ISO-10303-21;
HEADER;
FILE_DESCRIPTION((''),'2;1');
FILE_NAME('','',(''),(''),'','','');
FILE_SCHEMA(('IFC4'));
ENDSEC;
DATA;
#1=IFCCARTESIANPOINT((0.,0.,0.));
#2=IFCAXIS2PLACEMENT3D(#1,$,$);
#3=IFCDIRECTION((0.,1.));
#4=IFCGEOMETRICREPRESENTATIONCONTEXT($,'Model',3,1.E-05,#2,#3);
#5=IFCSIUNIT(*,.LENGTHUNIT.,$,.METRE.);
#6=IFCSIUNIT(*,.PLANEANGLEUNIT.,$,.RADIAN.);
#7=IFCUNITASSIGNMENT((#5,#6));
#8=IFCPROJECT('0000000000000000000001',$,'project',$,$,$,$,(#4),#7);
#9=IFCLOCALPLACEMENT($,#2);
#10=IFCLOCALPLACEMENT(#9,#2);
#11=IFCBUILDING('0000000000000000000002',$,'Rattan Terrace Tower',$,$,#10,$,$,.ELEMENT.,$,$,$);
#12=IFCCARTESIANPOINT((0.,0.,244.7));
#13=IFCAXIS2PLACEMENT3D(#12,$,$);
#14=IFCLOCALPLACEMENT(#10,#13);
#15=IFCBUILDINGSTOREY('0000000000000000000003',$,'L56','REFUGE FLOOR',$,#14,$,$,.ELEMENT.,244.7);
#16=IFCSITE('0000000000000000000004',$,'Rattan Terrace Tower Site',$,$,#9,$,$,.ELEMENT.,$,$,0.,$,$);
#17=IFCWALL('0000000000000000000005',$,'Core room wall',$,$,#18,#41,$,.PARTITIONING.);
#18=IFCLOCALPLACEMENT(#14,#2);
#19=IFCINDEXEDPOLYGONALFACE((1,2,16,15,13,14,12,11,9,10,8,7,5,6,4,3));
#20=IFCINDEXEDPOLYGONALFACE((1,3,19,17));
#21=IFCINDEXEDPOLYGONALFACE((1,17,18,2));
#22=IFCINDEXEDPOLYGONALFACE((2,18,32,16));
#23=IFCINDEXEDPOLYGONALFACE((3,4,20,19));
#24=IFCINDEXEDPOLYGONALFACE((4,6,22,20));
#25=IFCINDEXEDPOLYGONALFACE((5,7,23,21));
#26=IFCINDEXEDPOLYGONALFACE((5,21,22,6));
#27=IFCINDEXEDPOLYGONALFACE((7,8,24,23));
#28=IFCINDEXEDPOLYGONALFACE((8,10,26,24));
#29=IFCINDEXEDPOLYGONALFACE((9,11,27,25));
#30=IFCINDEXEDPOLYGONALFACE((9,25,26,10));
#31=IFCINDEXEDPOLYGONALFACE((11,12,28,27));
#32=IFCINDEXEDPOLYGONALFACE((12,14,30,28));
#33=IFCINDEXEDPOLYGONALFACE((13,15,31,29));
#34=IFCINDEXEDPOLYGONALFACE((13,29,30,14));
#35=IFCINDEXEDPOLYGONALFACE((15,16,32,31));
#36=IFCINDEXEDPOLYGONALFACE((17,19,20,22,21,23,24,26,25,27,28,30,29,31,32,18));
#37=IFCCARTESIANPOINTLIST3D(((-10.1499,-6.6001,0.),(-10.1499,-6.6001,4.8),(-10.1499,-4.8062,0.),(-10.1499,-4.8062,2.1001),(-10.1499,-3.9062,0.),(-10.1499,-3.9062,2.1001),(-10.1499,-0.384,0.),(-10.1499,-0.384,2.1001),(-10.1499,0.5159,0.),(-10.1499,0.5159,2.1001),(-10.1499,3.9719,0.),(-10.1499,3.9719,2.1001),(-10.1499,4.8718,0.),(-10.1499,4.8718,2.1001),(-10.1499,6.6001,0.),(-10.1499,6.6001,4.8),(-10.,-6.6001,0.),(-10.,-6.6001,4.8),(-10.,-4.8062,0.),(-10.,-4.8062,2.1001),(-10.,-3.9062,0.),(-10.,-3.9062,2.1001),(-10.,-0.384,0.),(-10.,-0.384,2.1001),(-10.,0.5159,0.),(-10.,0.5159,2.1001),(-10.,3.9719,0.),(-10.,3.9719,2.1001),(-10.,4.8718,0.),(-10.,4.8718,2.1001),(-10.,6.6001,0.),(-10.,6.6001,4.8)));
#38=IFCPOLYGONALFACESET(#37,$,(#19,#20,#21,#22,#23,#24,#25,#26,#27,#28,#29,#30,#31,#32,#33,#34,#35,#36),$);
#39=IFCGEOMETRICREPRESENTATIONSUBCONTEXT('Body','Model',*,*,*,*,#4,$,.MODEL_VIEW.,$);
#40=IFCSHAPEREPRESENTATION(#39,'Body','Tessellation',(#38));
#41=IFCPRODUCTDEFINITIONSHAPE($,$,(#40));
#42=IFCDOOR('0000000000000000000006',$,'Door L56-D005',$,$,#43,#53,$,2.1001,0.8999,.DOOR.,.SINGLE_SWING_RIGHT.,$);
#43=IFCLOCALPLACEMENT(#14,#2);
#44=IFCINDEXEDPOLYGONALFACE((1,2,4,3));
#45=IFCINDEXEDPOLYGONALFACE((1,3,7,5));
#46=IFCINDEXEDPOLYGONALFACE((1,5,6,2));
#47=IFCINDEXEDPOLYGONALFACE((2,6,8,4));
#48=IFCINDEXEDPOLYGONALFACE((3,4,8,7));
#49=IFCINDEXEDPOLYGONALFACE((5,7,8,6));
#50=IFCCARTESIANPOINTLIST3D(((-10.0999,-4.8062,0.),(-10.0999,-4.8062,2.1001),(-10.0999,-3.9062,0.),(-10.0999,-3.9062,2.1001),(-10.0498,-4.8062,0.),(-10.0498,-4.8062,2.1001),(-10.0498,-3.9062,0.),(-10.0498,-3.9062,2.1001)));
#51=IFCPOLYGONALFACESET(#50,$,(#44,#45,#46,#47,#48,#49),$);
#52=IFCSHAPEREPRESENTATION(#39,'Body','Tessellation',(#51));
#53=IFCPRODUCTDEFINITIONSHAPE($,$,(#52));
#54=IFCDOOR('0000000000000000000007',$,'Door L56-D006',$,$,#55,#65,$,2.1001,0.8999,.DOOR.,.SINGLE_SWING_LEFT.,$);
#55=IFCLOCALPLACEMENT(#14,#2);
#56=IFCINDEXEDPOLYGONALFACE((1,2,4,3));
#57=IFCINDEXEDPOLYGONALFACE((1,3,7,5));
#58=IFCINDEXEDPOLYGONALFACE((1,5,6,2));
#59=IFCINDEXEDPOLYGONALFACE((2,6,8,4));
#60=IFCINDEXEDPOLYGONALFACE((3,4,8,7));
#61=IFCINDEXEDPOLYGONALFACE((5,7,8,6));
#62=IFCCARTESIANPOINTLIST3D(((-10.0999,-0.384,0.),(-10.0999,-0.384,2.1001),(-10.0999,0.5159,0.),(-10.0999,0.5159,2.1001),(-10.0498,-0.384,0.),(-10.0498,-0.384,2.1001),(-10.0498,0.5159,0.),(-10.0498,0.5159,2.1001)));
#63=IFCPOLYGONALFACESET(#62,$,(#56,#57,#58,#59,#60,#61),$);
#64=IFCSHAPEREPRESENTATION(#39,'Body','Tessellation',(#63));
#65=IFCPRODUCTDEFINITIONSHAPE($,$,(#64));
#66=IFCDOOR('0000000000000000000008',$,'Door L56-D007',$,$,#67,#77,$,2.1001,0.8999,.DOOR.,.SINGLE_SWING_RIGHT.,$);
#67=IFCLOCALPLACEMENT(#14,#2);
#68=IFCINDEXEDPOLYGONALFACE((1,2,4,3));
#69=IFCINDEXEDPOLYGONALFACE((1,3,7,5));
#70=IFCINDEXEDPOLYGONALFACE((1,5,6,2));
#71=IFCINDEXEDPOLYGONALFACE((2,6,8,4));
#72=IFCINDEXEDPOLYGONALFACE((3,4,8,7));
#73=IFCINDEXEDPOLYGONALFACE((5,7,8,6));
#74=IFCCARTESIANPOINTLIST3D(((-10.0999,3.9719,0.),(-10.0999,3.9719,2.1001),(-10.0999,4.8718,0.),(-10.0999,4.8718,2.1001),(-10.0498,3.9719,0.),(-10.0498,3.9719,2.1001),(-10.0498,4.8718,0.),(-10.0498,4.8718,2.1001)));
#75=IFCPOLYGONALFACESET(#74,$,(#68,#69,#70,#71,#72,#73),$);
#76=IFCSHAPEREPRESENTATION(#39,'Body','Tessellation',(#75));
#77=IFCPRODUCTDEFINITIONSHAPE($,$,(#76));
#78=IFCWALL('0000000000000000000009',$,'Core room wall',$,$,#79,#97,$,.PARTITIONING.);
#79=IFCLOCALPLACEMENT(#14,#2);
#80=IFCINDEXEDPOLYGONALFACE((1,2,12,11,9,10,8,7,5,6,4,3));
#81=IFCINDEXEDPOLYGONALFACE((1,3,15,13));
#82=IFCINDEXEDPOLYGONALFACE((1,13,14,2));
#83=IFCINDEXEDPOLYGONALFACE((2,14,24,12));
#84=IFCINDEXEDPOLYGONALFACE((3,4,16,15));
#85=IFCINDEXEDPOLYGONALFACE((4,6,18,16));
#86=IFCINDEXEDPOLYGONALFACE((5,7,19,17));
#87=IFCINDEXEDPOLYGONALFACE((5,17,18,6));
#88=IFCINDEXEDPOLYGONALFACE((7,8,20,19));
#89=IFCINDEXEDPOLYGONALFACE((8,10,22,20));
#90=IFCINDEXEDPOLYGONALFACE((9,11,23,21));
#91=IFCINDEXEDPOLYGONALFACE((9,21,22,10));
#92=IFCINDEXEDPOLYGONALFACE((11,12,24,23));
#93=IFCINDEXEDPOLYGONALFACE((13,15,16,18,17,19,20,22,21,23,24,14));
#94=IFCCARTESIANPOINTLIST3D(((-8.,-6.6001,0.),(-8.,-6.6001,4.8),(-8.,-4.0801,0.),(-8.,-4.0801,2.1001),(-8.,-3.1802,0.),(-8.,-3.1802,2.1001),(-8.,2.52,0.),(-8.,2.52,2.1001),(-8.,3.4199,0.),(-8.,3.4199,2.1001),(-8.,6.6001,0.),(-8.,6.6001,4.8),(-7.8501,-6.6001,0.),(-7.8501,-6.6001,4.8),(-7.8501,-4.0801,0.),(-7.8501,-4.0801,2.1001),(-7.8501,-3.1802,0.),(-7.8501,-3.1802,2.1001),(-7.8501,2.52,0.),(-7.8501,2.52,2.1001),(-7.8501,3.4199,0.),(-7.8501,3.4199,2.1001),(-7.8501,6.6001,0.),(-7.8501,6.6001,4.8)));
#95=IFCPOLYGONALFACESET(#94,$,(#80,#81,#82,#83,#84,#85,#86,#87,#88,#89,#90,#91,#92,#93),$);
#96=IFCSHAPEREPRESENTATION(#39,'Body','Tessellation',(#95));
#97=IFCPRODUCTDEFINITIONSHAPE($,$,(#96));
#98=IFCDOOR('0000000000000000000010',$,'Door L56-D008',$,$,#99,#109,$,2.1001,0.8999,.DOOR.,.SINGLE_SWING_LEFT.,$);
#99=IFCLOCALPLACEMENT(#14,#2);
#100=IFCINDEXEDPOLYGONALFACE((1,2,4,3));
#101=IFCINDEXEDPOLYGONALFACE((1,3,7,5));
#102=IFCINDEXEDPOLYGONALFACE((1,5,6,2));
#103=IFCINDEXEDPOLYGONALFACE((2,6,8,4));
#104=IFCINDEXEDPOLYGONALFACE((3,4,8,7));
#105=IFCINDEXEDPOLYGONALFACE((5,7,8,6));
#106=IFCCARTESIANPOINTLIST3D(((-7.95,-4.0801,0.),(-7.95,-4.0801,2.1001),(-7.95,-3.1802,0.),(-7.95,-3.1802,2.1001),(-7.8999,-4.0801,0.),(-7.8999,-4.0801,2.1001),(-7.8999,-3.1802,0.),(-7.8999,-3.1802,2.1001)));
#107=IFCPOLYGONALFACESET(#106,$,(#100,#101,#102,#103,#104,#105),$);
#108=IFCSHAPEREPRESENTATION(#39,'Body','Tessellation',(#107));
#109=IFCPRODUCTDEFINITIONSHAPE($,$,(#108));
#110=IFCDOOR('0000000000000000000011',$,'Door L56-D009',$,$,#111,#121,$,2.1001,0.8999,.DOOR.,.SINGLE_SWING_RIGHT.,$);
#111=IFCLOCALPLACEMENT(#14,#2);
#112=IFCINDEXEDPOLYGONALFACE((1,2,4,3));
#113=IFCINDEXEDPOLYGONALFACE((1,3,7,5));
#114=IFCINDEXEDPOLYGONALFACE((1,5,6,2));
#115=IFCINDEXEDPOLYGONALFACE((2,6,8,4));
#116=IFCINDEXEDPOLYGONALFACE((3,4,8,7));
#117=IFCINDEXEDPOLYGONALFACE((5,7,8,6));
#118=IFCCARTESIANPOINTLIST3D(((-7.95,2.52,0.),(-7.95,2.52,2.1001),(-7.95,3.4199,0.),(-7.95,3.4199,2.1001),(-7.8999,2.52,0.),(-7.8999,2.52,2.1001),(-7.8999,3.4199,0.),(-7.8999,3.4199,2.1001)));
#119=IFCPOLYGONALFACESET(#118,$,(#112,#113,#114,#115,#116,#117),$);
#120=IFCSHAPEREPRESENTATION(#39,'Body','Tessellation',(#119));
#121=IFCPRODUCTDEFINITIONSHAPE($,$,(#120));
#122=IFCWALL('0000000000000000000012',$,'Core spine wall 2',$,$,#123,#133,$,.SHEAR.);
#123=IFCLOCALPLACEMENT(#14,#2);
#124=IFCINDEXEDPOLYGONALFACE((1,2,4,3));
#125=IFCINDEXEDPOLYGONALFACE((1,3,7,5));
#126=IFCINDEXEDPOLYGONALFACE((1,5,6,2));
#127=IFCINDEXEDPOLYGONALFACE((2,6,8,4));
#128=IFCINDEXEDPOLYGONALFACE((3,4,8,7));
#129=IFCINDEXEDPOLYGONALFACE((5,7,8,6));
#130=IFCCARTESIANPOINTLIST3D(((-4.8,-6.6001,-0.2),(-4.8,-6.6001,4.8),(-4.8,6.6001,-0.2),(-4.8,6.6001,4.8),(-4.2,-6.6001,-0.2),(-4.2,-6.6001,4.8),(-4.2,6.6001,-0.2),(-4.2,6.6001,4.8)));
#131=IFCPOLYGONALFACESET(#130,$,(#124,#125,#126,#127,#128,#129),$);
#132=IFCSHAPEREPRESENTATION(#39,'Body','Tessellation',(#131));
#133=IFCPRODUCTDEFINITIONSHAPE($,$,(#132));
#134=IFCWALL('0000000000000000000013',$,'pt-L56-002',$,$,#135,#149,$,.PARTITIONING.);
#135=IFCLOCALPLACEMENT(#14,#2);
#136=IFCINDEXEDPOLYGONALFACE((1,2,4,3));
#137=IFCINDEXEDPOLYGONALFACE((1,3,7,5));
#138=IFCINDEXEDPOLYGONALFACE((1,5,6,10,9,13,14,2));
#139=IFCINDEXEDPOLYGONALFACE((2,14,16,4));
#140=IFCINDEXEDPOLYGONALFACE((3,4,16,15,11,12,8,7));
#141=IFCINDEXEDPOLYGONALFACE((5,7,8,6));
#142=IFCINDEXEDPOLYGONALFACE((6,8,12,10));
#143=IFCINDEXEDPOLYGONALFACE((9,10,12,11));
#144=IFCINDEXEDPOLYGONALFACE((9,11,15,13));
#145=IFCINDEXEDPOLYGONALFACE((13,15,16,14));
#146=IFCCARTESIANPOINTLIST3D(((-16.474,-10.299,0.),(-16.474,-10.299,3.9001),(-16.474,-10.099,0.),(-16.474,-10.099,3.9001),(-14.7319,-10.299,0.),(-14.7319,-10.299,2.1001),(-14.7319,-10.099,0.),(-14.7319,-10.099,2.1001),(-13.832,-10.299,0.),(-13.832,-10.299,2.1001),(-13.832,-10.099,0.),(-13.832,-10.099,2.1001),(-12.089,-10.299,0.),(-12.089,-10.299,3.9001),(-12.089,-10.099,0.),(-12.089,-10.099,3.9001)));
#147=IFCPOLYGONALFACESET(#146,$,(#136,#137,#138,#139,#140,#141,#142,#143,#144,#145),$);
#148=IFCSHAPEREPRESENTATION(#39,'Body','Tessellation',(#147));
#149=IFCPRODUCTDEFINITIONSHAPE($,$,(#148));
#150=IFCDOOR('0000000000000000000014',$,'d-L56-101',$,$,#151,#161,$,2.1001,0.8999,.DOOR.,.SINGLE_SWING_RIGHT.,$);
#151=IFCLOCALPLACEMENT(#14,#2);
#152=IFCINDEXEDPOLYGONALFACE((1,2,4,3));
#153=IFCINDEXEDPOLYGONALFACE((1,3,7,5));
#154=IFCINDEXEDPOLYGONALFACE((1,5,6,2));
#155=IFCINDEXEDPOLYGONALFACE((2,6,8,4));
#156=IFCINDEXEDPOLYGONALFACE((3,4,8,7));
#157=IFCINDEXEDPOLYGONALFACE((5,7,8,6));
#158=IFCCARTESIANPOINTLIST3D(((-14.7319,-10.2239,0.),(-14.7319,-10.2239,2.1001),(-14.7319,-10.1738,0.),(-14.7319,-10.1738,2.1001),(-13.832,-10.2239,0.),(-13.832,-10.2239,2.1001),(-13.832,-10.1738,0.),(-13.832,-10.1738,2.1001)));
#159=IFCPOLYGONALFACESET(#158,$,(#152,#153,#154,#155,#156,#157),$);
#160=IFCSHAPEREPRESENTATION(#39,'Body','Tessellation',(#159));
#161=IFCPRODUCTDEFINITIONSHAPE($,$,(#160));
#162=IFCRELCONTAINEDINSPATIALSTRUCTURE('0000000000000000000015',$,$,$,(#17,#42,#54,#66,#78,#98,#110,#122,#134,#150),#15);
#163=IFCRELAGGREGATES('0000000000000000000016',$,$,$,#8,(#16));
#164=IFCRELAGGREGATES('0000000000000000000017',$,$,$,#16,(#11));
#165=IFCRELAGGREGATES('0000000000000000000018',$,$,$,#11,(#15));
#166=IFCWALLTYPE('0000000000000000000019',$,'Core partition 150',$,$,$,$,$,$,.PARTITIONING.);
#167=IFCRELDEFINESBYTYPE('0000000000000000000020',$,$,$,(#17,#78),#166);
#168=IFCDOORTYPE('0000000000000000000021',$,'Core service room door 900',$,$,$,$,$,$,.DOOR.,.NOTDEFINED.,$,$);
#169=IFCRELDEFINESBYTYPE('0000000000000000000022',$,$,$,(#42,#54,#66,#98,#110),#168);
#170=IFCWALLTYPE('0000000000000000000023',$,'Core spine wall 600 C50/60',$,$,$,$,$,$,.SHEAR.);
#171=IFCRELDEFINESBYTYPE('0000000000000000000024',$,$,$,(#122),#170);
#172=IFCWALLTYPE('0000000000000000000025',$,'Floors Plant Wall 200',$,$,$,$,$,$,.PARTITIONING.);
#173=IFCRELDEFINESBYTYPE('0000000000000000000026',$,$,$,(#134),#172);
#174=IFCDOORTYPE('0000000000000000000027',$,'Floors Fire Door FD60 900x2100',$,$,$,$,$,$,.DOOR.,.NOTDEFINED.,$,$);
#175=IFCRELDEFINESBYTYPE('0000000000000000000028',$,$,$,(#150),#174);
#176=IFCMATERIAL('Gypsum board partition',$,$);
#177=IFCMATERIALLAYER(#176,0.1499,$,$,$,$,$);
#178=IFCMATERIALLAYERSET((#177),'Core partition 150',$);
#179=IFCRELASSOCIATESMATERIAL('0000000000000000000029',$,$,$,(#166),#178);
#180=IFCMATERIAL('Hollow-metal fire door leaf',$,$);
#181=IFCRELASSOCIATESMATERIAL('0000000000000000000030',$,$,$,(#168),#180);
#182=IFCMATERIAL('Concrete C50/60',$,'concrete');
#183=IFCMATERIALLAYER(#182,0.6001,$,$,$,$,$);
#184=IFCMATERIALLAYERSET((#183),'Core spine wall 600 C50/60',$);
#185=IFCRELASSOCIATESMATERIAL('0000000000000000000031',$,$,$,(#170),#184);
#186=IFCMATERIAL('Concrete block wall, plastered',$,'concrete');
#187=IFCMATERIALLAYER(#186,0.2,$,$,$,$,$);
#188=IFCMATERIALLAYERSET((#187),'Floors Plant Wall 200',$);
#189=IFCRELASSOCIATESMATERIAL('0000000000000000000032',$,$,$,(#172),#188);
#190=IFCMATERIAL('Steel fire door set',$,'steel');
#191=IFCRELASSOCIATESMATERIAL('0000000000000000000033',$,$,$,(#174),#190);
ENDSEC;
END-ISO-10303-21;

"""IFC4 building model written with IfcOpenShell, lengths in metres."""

from ifc_helpers import new_model, si_unit, direction, frame, frame_2d, origin, place, context, subcontext, project, spatial, rectangle, extrude, material, layer, layer_set, type_object, element, fill, save


model = new_model("IFC4")

# Units and contexts
model_context = context("Model", 3, precision=1e-05, world=origin(), true_north=direction((0.0, 1.0)))
body_context = subcontext(model_context, "Body", "Model", "MODEL_VIEW")
ifc_project = project(units=[si_unit("LENGTHUNIT", "METRE"), si_unit("PLANEANGLEUNIT", "RADIAN")], contexts=[model_context])

# Site, building, storey
site_placement = place(None, origin())
site = spatial("IfcSite", under=ifc_project, at=site_placement, Name="Rattan Terrace Tower Site", CompositionType="ELEMENT", RefElevation=0.0)
building_placement = place(site_placement, origin())
building = spatial("IfcBuilding", under=site, at=building_placement, Name="Rattan Terrace Tower", CompositionType="ELEMENT")
storey_placement = place(building_placement, frame((0.0, 0.0, 244.7)))
storey = spatial("IfcBuildingStorey", under=building, at=storey_placement, Name="L56", Description="REFUGE FLOOR", CompositionType="ELEMENT", Elevation=244.7)

# Walls, openings, doors
ifc_material_1 = material(Name="Gypsum board partition")
ifc_layer_1 = layer(ifc_material_1, 0.1499)
ifc_layer_set_1 = layer_set([ifc_layer_1], Name="Core partition 150")
wall_type_1 = type_object("IfcWallType", Name="Core partition 150", PredefinedType="PARTITIONING", material=ifc_layer_set_1)
wall_1_placement = place(storey_placement, frame((-10.075, -6.6001, 0.0), z_axis=(0.0, 0.0, 1.0), x_axis=(0.0, 1.0, 0.0)))
wall_1 = element("IfcWall", 1, at=wall_1_placement, inside=storey, type_object=wall_type_1, Name="Core room wall", PredefinedType="PARTITIONING", context=body_context, shape_type="SweptSolid", body=[
    extrude(rectangle(XDim=13.2002, YDim=0.1499, at=frame_2d((6.6001, 0.0))), origin(), (0.0, 0.0, 1.0), 4.8),
])
opening_1_placement = place(wall_1_placement, frame((1.7939, 0.0, 0.0)))
opening_1 = element("IfcOpeningElement", 2, at=opening_1_placement, cuts=wall_1, PredefinedType="OPENING", context=body_context, shape_type="SweptSolid", body=[
    extrude(rectangle(XDim=0.8999, YDim=2.1001, at=frame_2d((0.45, 1.05))), frame((0.0, 0.0854, 0.0), z_axis=(0.0, -1.0, 0.0), x_axis=(1.0, 0.0, 0.0)), (0.0, 0.0, 1.0), 0.1709),
])
opening_2_placement = place(wall_1_placement, frame((6.2161, 0.0, 0.0)))
opening_2 = element("IfcOpeningElement", 3, at=opening_2_placement, cuts=wall_1, PredefinedType="OPENING", context=body_context, shape_type="SweptSolid", body=[
    extrude(rectangle(XDim=0.8999, YDim=2.1001, at=frame_2d((0.45, 1.05))), frame((0.0, 0.0854, 0.0), z_axis=(0.0, -1.0, 0.0), x_axis=(1.0, 0.0, 0.0)), (0.0, 0.0, 1.0), 0.1709),
])
opening_3_placement = place(wall_1_placement, frame((10.572, 0.0, 0.0)))
opening_3 = element("IfcOpeningElement", 4, at=opening_3_placement, cuts=wall_1, PredefinedType="OPENING", context=body_context, shape_type="SweptSolid", body=[
    extrude(rectangle(XDim=0.8999, YDim=2.1001, at=frame_2d((0.45, 1.05))), frame((0.0, 0.0854, 0.0), z_axis=(0.0, -1.0, 0.0), x_axis=(1.0, 0.0, 0.0)), (0.0, 0.0, 1.0), 0.1709),
])
ifc_material_2 = material(Name="Hollow-metal fire door leaf")
door_type_1 = type_object("IfcDoorType", Name="Core service room door 900", OperationType="NOTDEFINED", PredefinedType="DOOR", material=ifc_material_2)
door_1_placement = place(opening_1_placement, origin())
door_1 = element("IfcDoor", 5, at=door_1_placement, inside=storey, type_object=door_type_1, Name="Door L56-D005", OperationType="SINGLE_SWING_RIGHT", OverallHeight=2.1001, OverallWidth=0.8999, PredefinedType="DOOR", context=body_context, shape_type="SweptSolid", body=[
    extrude(rectangle(XDim=0.8999, YDim=2.1001, at=frame_2d((0.45, 1.05))), frame((0.0, 0.0249, 0.0), z_axis=(0.0, -1.0, 0.0), x_axis=(1.0, 0.0, 0.0)), (0.0, 0.0, 1.0), 0.05),
])
fill(opening_1, door_1)
door_2_placement = place(opening_2_placement, origin())
door_2 = element("IfcDoor", 6, at=door_2_placement, inside=storey, type_object=door_type_1, Name="Door L56-D006", OperationType="SINGLE_SWING_LEFT", OverallHeight=2.1001, OverallWidth=0.8999, PredefinedType="DOOR", context=body_context, shape_type="SweptSolid", body=[
    extrude(rectangle(XDim=0.8999, YDim=2.1001, at=frame_2d((0.45, 1.05))), frame((0.0, 0.0249, 0.0), z_axis=(0.0, -1.0, 0.0), x_axis=(1.0, 0.0, 0.0)), (0.0, 0.0, 1.0), 0.05),
])
fill(opening_2, door_2)
door_3_placement = place(opening_3_placement, origin())
door_3 = element("IfcDoor", 7, at=door_3_placement, inside=storey, type_object=door_type_1, Name="Door L56-D007", OperationType="SINGLE_SWING_RIGHT", OverallHeight=2.1001, OverallWidth=0.8999, PredefinedType="DOOR", context=body_context, shape_type="SweptSolid", body=[
    extrude(rectangle(XDim=0.8999, YDim=2.1001, at=frame_2d((0.45, 1.05))), frame((0.0, 0.0249, 0.0), z_axis=(0.0, -1.0, 0.0), x_axis=(1.0, 0.0, 0.0)), (0.0, 0.0, 1.0), 0.05),
])
fill(opening_3, door_3)
wall_2_placement = place(storey_placement, frame((-7.925, -6.6001, 0.0), z_axis=(0.0, 0.0, 1.0), x_axis=(0.0, 1.0, 0.0)))
wall_2 = element("IfcWall", 8, at=wall_2_placement, inside=storey, type_object=wall_type_1, Name="Core room wall", PredefinedType="PARTITIONING", context=body_context, shape_type="SweptSolid", body=[
    extrude(rectangle(XDim=13.2002, YDim=0.1499, at=frame_2d((6.6001, 0.0))), origin(), (0.0, 0.0, 1.0), 4.8),
])
opening_4_placement = place(wall_2_placement, frame((2.52, 0.0, 0.0)))
opening_4 = element("IfcOpeningElement", 9, at=opening_4_placement, cuts=wall_2, PredefinedType="OPENING", context=body_context, shape_type="SweptSolid", body=[
    extrude(rectangle(XDim=0.8999, YDim=2.1001, at=frame_2d((0.45, 1.05))), frame((0.0, 0.0854, 0.0), z_axis=(0.0, -1.0, 0.0), x_axis=(1.0, 0.0, 0.0)), (0.0, 0.0, 1.0), 0.1709),
])
opening_5_placement = place(wall_2_placement, frame((9.1201, 0.0, 0.0)))
opening_5 = element("IfcOpeningElement", 10, at=opening_5_placement, cuts=wall_2, PredefinedType="OPENING", context=body_context, shape_type="SweptSolid", body=[
    extrude(rectangle(XDim=0.8999, YDim=2.1001, at=frame_2d((0.45, 1.05))), frame((0.0, 0.0854, 0.0), z_axis=(0.0, -1.0, 0.0), x_axis=(1.0, 0.0, 0.0)), (0.0, 0.0, 1.0), 0.1709),
])
door_4_placement = place(opening_4_placement, origin())
door_4 = element("IfcDoor", 11, at=door_4_placement, inside=storey, type_object=door_type_1, Name="Door L56-D008", OperationType="SINGLE_SWING_LEFT", OverallHeight=2.1001, OverallWidth=0.8999, PredefinedType="DOOR", context=body_context, shape_type="SweptSolid", body=[
    extrude(rectangle(XDim=0.8999, YDim=2.1001, at=frame_2d((0.45, 1.05))), frame((0.0, 0.0249, 0.0), z_axis=(0.0, -1.0, 0.0), x_axis=(1.0, 0.0, 0.0)), (0.0, 0.0, 1.0), 0.05),
])
fill(opening_4, door_4)
door_5_placement = place(opening_5_placement, origin())
door_5 = element("IfcDoor", 12, at=door_5_placement, inside=storey, type_object=door_type_1, Name="Door L56-D009", OperationType="SINGLE_SWING_RIGHT", OverallHeight=2.1001, OverallWidth=0.8999, PredefinedType="DOOR", context=body_context, shape_type="SweptSolid", body=[
    extrude(rectangle(XDim=0.8999, YDim=2.1001, at=frame_2d((0.45, 1.05))), frame((0.0, 0.0249, 0.0), z_axis=(0.0, -1.0, 0.0), x_axis=(1.0, 0.0, 0.0)), (0.0, 0.0, 1.0), 0.05),
])
fill(opening_5, door_5)

# Wall
ifc_material_3 = material(Name="Concrete C50/60", Category="concrete")
ifc_layer_2 = layer(ifc_material_3, 0.6001)
ifc_layer_set_2 = layer_set([ifc_layer_2], Name="Core spine wall 600 C50/60")
wall_type_2 = type_object("IfcWallType", Name="Core spine wall 600 C50/60", PredefinedType="SHEAR", material=ifc_layer_set_2)
wall_3_placement = place(storey_placement, frame((-4.5, -6.6001, -0.2), z_axis=(0.0, 0.0, 1.0), x_axis=(0.0, 1.0, 0.0)))
element("IfcWall", 13, at=wall_3_placement, inside=storey, type_object=wall_type_2, Name="Core spine wall 2", PredefinedType="SHEAR", context=body_context, shape_type="SweptSolid", body=[
    extrude(rectangle(XDim=13.2002, YDim=0.6001, at=frame_2d((6.6001, 0.0))), origin(), (0.0, 0.0, 1.0), 5.0),
])

# Wall, opening, door
ifc_material_4 = material(Name="Concrete block wall, plastered", Category="concrete")
ifc_layer_3 = layer(ifc_material_4, 0.2)
ifc_layer_set_3 = layer_set([ifc_layer_3], Name="Floors Plant Wall 200")
wall_type_3 = type_object("IfcWallType", Name="Floors Plant Wall 200", PredefinedType="PARTITIONING", material=ifc_layer_set_3)
wall_4_placement = place(storey_placement, frame((-12.0891, -10.199, 0.0), z_axis=(0.0, 0.0, 1.0), x_axis=(-1.0, 0.0, 0.0)))
wall_4 = element("IfcWall", 14, at=wall_4_placement, inside=storey, type_object=wall_type_3, Name="pt-L56-002", PredefinedType="PARTITIONING", context=body_context, shape_type="SweptSolid", body=[
    extrude(rectangle(XDim=4.385, YDim=0.2, at=frame_2d((2.1924, 0.0))), origin(), (0.0, 0.0, 1.0), 3.9001),
])
opening_6_placement = place(wall_4_placement, frame((1.7429, 0.0, 0.0)))
opening_6 = element("IfcOpeningElement", 15, at=opening_6_placement, cuts=wall_4, PredefinedType="OPENING", context=body_context, shape_type="SweptSolid", body=[
    extrude(rectangle(XDim=0.8999, YDim=2.1001, at=frame_2d((0.45, 1.05))), frame((0.0, 0.1106, 0.0), z_axis=(0.0, -1.0, 0.0), x_axis=(1.0, 0.0, 0.0)), (0.0, 0.0, 1.0), 0.2209),
])
ifc_material_5 = material(Name="Steel fire door set", Category="steel")
door_type_2 = type_object("IfcDoorType", Name="Floors Fire Door FD60 900x2100", OperationType="NOTDEFINED", PredefinedType="DOOR", material=ifc_material_5)
door_6_placement = place(opening_6_placement, origin())
door_6 = element("IfcDoor", 16, at=door_6_placement, inside=storey, type_object=door_type_2, Name="d-L56-101", OperationType="SINGLE_SWING_RIGHT", OverallHeight=2.1001, OverallWidth=0.8999, PredefinedType="DOOR", context=body_context, shape_type="SweptSolid", body=[
    extrude(rectangle(XDim=0.8999, YDim=2.1001, at=frame_2d((0.45, 1.05))), frame((0.0, 0.0249, 0.0), z_axis=(0.0, -1.0, 0.0), x_axis=(1.0, 0.0, 0.0)), (0.0, 0.0, 1.0), 0.05),
])
fill(opening_6, door_6)

save(model, "model.ifc")
